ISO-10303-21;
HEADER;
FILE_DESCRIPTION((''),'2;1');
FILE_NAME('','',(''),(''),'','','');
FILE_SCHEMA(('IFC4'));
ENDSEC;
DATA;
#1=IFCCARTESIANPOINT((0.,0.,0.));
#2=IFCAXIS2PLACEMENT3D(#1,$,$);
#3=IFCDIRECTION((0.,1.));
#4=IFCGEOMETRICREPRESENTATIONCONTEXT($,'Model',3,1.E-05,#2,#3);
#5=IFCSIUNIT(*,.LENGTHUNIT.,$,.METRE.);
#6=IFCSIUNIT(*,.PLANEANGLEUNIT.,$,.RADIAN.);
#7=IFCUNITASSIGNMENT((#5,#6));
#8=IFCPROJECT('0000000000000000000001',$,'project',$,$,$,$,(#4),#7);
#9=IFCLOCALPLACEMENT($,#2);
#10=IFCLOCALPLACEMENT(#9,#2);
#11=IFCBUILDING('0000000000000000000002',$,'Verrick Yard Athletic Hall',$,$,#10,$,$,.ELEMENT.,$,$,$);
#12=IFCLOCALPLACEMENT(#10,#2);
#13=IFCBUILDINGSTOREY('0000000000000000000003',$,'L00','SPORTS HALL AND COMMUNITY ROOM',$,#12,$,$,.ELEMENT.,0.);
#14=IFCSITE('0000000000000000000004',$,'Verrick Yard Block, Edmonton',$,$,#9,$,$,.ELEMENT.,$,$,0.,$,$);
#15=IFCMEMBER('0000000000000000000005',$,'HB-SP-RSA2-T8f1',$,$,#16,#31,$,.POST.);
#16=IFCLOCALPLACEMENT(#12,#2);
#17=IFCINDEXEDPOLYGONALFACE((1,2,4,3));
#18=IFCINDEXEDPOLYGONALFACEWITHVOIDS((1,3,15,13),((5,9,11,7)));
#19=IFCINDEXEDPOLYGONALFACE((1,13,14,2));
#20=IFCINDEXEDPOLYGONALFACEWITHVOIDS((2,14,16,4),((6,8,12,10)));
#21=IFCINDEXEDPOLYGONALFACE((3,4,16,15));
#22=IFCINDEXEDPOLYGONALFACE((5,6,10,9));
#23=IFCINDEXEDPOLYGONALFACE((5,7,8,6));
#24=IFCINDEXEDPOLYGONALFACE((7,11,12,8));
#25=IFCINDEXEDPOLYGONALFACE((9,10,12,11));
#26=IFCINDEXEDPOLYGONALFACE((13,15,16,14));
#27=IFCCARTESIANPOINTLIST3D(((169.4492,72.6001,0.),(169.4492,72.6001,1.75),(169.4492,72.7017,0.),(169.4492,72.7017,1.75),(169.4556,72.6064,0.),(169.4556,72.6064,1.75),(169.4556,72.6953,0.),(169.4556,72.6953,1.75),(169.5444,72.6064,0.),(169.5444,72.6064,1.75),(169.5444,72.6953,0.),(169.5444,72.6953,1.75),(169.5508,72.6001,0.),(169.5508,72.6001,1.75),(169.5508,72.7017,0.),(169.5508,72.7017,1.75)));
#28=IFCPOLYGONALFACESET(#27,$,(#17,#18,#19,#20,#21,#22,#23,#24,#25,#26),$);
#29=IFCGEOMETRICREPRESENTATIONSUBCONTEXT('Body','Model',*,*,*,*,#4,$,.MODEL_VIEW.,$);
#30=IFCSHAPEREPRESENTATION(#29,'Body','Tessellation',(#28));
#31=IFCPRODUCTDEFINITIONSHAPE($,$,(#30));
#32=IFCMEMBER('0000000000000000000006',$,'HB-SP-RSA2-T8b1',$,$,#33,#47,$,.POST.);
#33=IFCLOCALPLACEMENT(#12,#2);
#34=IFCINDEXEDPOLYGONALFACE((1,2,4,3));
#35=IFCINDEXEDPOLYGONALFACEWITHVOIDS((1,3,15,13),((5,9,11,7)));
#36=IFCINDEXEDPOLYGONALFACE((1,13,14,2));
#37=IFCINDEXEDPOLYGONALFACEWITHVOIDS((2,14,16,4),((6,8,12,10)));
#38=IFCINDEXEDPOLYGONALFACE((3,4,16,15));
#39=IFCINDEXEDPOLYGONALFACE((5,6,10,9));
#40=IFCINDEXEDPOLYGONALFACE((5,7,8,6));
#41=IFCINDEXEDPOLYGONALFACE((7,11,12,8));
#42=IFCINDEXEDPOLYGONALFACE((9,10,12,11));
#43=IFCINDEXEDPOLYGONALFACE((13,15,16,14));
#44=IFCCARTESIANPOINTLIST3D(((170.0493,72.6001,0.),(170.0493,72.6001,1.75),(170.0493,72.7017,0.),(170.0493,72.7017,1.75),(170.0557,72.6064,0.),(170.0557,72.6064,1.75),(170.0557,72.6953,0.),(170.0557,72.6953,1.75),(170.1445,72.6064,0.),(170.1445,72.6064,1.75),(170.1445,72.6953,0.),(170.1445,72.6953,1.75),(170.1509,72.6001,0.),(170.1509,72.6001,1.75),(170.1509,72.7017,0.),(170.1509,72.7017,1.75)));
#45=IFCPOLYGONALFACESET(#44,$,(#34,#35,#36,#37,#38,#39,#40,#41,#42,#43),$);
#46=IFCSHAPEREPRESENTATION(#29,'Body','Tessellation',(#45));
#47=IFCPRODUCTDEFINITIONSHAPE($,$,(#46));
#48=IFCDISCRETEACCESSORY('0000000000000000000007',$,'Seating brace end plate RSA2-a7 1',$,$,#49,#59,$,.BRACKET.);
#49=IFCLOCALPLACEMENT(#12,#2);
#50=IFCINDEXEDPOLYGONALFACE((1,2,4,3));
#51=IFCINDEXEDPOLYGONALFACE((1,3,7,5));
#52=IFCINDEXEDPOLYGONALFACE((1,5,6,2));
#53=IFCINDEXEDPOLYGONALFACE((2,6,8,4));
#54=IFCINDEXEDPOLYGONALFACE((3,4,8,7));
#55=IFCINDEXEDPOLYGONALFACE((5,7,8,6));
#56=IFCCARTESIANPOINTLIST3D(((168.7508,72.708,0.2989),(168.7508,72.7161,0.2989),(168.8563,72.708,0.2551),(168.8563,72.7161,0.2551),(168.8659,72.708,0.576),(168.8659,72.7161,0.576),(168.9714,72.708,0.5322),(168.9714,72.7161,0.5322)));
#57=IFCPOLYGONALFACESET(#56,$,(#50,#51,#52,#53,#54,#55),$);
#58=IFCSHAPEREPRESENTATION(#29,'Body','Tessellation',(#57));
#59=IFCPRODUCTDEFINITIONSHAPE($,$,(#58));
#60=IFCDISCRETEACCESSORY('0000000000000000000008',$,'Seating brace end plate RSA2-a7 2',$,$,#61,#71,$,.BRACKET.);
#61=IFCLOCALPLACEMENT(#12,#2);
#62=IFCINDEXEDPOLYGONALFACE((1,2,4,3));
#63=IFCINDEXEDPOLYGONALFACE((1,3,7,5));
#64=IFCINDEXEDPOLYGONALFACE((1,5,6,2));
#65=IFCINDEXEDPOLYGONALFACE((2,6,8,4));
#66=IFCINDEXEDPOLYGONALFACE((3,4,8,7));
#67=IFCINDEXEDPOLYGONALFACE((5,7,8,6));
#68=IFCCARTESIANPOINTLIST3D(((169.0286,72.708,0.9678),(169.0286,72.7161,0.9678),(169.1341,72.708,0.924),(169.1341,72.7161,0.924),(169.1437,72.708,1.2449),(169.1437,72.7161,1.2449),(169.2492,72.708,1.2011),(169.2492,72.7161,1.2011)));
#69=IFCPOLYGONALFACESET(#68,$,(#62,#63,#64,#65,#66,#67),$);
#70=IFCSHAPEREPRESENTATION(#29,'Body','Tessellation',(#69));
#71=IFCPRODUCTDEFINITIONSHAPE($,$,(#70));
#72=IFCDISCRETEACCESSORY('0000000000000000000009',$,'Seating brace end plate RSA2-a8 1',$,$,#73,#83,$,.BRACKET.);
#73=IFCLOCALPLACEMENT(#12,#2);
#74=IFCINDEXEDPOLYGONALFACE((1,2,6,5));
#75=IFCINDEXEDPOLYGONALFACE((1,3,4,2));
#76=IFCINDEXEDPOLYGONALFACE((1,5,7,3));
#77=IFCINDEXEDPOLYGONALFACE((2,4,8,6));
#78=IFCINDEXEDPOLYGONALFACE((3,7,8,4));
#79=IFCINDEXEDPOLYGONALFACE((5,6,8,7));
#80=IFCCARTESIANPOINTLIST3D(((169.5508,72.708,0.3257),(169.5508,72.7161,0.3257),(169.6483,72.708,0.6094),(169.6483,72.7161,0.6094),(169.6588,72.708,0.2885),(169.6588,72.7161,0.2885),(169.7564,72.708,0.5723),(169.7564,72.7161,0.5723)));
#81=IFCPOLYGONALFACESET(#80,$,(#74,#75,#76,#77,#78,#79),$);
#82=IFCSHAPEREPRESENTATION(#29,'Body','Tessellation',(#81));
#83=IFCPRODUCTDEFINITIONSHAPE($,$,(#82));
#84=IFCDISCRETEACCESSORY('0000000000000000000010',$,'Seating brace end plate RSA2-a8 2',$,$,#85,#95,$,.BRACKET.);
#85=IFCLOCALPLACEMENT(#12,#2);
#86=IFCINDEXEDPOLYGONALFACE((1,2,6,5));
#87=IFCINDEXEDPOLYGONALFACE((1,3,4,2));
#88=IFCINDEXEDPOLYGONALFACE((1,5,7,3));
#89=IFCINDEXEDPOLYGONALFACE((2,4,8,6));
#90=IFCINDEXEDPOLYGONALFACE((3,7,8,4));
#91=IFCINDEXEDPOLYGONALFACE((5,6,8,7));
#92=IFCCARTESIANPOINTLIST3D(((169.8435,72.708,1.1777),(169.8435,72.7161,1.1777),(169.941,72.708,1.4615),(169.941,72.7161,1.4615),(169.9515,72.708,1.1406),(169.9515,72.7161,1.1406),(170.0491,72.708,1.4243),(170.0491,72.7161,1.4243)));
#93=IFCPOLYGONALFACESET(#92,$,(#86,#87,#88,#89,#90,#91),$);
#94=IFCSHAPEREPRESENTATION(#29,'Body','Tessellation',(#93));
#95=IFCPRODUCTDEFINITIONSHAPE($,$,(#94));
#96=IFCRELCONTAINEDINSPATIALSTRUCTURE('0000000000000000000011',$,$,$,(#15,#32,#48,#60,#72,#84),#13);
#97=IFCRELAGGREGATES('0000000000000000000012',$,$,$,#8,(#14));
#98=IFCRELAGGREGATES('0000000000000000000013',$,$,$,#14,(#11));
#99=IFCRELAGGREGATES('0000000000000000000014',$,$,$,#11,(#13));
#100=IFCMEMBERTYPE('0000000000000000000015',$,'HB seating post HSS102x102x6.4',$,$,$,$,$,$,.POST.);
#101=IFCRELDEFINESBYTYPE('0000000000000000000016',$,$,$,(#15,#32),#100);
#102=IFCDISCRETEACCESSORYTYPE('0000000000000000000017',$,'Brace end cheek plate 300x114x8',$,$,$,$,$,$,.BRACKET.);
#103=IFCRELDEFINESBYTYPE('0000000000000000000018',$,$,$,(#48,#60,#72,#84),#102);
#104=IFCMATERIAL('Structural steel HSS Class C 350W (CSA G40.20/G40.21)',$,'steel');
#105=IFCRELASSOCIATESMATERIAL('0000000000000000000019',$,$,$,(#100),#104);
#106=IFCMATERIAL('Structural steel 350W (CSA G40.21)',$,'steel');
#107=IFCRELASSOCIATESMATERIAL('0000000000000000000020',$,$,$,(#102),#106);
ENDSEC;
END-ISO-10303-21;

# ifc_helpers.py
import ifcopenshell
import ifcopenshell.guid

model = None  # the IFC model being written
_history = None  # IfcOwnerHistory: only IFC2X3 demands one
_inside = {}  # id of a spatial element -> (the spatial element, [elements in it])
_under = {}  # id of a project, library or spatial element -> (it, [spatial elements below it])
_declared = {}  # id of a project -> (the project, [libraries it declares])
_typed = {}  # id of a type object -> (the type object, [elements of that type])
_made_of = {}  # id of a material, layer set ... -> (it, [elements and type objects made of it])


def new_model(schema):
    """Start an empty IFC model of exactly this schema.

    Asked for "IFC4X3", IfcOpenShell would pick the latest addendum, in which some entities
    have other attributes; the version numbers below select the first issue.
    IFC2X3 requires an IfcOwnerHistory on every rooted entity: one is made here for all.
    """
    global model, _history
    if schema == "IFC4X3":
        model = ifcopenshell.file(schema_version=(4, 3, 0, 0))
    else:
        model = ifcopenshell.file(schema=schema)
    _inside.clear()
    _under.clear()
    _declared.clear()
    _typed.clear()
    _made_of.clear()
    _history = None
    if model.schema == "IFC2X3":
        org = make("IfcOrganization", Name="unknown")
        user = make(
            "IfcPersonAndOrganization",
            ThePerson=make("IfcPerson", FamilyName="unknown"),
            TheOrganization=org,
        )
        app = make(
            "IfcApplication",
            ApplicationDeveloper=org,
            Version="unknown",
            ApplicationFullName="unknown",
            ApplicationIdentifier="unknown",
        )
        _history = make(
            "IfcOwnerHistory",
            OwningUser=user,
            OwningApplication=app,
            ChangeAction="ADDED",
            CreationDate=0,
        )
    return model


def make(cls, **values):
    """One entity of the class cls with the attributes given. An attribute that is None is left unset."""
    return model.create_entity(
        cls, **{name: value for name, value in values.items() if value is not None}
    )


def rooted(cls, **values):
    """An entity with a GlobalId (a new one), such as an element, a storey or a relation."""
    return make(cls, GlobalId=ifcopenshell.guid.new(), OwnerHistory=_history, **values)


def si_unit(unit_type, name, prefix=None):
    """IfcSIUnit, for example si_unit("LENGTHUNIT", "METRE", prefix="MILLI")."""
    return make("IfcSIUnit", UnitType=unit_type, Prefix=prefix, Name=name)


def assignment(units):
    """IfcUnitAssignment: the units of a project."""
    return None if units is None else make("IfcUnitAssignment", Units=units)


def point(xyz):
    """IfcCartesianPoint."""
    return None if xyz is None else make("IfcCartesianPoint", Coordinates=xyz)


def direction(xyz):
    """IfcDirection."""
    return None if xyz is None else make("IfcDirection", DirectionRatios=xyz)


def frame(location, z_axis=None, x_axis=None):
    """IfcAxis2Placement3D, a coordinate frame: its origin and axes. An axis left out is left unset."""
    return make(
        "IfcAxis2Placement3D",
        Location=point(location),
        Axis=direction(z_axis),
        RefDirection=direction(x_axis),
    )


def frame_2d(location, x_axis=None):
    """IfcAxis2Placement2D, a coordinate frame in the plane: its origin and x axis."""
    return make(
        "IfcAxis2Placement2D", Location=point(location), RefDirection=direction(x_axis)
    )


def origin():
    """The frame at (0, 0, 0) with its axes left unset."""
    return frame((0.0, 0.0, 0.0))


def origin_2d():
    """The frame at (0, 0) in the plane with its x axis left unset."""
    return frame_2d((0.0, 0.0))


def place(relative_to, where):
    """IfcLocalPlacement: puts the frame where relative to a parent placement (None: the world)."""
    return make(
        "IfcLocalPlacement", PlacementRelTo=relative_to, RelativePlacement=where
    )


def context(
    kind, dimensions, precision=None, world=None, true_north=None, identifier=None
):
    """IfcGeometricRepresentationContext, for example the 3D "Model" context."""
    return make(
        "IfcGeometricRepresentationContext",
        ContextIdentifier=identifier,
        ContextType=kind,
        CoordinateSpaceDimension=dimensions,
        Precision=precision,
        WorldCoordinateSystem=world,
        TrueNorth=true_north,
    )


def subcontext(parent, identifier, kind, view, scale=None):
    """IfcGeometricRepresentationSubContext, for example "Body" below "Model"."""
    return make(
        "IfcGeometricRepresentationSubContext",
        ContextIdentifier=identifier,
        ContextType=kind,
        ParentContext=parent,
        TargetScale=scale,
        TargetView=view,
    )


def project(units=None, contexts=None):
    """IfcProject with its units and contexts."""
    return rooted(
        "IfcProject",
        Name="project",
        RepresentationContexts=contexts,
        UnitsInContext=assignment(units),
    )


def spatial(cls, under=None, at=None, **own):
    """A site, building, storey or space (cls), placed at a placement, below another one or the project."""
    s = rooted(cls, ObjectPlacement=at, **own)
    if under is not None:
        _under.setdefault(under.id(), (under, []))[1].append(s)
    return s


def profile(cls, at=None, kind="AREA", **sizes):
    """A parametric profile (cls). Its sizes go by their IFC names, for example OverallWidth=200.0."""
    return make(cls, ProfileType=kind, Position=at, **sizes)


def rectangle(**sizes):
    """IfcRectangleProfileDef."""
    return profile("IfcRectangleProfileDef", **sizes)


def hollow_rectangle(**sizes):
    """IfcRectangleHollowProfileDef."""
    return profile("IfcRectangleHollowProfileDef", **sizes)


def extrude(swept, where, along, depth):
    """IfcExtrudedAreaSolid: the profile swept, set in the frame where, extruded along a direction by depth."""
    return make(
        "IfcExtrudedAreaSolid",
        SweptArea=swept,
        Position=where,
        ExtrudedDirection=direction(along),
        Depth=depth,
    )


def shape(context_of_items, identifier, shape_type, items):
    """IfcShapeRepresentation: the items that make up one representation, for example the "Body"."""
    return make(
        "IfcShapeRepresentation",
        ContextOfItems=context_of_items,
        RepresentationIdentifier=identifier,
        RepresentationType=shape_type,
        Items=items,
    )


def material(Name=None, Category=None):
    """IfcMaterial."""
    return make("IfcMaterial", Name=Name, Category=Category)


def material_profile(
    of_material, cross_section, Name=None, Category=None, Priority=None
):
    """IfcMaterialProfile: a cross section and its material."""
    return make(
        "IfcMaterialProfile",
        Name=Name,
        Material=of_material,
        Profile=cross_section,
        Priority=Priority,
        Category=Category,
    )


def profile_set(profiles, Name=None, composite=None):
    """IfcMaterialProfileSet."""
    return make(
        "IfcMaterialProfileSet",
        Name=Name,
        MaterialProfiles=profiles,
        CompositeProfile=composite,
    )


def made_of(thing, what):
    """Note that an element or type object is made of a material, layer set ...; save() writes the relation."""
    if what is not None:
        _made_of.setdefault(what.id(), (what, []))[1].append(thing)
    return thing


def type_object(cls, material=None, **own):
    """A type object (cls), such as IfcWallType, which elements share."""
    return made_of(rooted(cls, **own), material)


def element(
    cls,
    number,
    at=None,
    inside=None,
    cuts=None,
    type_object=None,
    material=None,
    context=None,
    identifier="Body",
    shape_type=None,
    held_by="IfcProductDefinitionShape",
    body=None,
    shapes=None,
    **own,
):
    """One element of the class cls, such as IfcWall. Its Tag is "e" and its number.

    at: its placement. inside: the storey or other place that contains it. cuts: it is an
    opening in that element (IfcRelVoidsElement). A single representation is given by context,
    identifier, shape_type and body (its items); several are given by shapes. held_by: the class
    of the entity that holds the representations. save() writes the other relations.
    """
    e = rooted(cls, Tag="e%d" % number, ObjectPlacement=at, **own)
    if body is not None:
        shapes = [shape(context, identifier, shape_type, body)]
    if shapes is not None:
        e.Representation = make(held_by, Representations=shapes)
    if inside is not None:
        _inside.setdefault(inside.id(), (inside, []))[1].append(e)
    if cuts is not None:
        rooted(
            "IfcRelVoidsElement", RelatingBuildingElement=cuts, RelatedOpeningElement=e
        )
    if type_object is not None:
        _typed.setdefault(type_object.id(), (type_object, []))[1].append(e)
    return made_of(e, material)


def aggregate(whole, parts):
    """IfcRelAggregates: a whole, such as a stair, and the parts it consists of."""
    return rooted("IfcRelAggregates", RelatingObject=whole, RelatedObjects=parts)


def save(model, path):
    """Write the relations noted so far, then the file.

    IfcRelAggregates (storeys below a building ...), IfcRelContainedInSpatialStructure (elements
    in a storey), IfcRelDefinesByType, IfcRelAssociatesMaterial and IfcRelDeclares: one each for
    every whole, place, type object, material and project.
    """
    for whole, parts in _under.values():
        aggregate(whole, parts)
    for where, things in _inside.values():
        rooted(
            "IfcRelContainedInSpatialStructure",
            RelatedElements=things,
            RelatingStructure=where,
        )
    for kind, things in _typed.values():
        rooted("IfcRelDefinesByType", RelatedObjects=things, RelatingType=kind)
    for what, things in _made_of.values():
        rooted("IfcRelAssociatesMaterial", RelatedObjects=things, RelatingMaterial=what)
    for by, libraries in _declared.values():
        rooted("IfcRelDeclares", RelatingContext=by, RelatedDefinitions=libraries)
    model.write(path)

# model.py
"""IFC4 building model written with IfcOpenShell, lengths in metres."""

from ifc_helpers import new_model, si_unit, direction, frame, origin, origin_2d, place, context, subcontext, project, spatial, rectangle, hollow_rectangle, extrude, material, material_profile, profile_set, type_object, element, save


model = new_model("IFC4")

# Units and contexts
model_context = context("Model", 3, precision=1e-05, world=origin(), true_north=direction((0.0, 1.0)))
body_context = subcontext(model_context, "Body", "Model", "MODEL_VIEW")
ifc_project = project(units=[si_unit("LENGTHUNIT", "METRE"), si_unit("PLANEANGLEUNIT", "RADIAN")], contexts=[model_context])

# Site, building, storey
site_placement = place(None, origin())
site = spatial("IfcSite", under=ifc_project, at=site_placement, Name="Verrick Yard Block, Edmonton", CompositionType="ELEMENT", RefElevation=0.0)
building_placement = place(site_placement, origin())
building = spatial("IfcBuilding", under=site, at=building_placement, Name="Verrick Yard Athletic Hall", CompositionType="ELEMENT")
storey_placement = place(building_placement, origin())
storey = spatial("IfcBuildingStorey", under=building, at=storey_placement, Name="L00", Description="SPORTS HALL AND COMMUNITY ROOM", CompositionType="ELEMENT", Elevation=0.0)

# Members
ifc_material_1 = material(Name="Structural steel HSS Class C 350W (CSA G40.20/G40.21)", Category="steel")
ifc_material_profile_1 = material_profile(ifc_material_1, hollow_rectangle(XDim=0.1016, YDim=0.1016, WallThickness=0.0063, at=origin_2d()), Name="HSS102x102x6.4")
ifc_profile_set_1 = profile_set([ifc_material_profile_1], Name="Structural steel HSS Class C 350W (CSA G40.20/G40.21)")
member_type_1 = type_object("IfcMemberType", Name="HB seating post HSS102x102x6.4", PredefinedType="POST", material=ifc_profile_set_1)
for number, where, z_axis, x_axis, name in (
    (1, (169.5, 72.6509, 0.0), (0.0, 0.0, 1.0), (0.0, 1.0, 0.0), "HB-SP-RSA2-T8f1"),
    (2, (170.1001, 72.6509, 0.0), (0.0, 0.0, 1.0), (0.0, 1.0, 0.0), "HB-SP-RSA2-T8b1"),
):
    element("IfcMember", number, at=place(storey_placement, frame(where, z_axis=z_axis, x_axis=x_axis)), inside=storey, type_object=member_type_1, Name=name, PredefinedType="POST", context=body_context, shape_type="SweptSolid", body=[
        extrude(hollow_rectangle(XDim=0.1016, YDim=0.1016, WallThickness=0.0063, at=origin_2d()), origin(), (0.0, 0.0, 1.0), 1.75),
    ])

# Discrete accessories
ifc_material_2 = material(Name="Structural steel 350W (CSA G40.21)", Category="steel")
ifc_material_profile_2 = material_profile(ifc_material_2, rectangle(XDim=0.3, YDim=0.1143, at=origin_2d()), Name="Brace end cheek plate")
ifc_profile_set_2 = profile_set([ifc_material_profile_2], Name="Structural steel 350W (CSA G40.21)")
discrete_accessory_type = type_object("IfcDiscreteAccessoryType", Name="Brace end cheek plate 300x114x8", PredefinedType="BRACKET", material=ifc_profile_set_2)
for number, where, z_axis, x_axis, name in (
    (3, (168.8611, 72.708, 0.4155), (0.0, 1.0, 0.0), (0.383566, 0.0, 0.923513), "Seating brace end plate RSA2-a7 1"),
    (4, (169.1389, 72.708, 1.0845), (0.0, 1.0, 0.0), (-0.383566, 0.0, -0.923513), "Seating brace end plate RSA2-a7 2"),
    (5, (169.6536, 72.708, 0.449), (0.0, 1.0, 0.0), (0.325058, 0.0, 0.945694), "Seating brace end plate RSA2-a8 1"),
    (6, (169.9463, 72.708, 1.301), (0.0, 1.0, 0.0), (-0.325058, 0.0, -0.945694), "Seating brace end plate RSA2-a8 2"),
):
    element("IfcDiscreteAccessory", number, at=place(storey_placement, frame(where, z_axis=z_axis, x_axis=x_axis)), inside=storey, type_object=discrete_accessory_type, Name=name, PredefinedType="BRACKET", context=body_context, shape_type="SweptSolid", body=[
        extrude(rectangle(XDim=0.3, YDim=0.1143, at=origin_2d()), origin(), (0.0, 0.0, 1.0), 0.0081),
    ])

save(model, "model.ifc")
